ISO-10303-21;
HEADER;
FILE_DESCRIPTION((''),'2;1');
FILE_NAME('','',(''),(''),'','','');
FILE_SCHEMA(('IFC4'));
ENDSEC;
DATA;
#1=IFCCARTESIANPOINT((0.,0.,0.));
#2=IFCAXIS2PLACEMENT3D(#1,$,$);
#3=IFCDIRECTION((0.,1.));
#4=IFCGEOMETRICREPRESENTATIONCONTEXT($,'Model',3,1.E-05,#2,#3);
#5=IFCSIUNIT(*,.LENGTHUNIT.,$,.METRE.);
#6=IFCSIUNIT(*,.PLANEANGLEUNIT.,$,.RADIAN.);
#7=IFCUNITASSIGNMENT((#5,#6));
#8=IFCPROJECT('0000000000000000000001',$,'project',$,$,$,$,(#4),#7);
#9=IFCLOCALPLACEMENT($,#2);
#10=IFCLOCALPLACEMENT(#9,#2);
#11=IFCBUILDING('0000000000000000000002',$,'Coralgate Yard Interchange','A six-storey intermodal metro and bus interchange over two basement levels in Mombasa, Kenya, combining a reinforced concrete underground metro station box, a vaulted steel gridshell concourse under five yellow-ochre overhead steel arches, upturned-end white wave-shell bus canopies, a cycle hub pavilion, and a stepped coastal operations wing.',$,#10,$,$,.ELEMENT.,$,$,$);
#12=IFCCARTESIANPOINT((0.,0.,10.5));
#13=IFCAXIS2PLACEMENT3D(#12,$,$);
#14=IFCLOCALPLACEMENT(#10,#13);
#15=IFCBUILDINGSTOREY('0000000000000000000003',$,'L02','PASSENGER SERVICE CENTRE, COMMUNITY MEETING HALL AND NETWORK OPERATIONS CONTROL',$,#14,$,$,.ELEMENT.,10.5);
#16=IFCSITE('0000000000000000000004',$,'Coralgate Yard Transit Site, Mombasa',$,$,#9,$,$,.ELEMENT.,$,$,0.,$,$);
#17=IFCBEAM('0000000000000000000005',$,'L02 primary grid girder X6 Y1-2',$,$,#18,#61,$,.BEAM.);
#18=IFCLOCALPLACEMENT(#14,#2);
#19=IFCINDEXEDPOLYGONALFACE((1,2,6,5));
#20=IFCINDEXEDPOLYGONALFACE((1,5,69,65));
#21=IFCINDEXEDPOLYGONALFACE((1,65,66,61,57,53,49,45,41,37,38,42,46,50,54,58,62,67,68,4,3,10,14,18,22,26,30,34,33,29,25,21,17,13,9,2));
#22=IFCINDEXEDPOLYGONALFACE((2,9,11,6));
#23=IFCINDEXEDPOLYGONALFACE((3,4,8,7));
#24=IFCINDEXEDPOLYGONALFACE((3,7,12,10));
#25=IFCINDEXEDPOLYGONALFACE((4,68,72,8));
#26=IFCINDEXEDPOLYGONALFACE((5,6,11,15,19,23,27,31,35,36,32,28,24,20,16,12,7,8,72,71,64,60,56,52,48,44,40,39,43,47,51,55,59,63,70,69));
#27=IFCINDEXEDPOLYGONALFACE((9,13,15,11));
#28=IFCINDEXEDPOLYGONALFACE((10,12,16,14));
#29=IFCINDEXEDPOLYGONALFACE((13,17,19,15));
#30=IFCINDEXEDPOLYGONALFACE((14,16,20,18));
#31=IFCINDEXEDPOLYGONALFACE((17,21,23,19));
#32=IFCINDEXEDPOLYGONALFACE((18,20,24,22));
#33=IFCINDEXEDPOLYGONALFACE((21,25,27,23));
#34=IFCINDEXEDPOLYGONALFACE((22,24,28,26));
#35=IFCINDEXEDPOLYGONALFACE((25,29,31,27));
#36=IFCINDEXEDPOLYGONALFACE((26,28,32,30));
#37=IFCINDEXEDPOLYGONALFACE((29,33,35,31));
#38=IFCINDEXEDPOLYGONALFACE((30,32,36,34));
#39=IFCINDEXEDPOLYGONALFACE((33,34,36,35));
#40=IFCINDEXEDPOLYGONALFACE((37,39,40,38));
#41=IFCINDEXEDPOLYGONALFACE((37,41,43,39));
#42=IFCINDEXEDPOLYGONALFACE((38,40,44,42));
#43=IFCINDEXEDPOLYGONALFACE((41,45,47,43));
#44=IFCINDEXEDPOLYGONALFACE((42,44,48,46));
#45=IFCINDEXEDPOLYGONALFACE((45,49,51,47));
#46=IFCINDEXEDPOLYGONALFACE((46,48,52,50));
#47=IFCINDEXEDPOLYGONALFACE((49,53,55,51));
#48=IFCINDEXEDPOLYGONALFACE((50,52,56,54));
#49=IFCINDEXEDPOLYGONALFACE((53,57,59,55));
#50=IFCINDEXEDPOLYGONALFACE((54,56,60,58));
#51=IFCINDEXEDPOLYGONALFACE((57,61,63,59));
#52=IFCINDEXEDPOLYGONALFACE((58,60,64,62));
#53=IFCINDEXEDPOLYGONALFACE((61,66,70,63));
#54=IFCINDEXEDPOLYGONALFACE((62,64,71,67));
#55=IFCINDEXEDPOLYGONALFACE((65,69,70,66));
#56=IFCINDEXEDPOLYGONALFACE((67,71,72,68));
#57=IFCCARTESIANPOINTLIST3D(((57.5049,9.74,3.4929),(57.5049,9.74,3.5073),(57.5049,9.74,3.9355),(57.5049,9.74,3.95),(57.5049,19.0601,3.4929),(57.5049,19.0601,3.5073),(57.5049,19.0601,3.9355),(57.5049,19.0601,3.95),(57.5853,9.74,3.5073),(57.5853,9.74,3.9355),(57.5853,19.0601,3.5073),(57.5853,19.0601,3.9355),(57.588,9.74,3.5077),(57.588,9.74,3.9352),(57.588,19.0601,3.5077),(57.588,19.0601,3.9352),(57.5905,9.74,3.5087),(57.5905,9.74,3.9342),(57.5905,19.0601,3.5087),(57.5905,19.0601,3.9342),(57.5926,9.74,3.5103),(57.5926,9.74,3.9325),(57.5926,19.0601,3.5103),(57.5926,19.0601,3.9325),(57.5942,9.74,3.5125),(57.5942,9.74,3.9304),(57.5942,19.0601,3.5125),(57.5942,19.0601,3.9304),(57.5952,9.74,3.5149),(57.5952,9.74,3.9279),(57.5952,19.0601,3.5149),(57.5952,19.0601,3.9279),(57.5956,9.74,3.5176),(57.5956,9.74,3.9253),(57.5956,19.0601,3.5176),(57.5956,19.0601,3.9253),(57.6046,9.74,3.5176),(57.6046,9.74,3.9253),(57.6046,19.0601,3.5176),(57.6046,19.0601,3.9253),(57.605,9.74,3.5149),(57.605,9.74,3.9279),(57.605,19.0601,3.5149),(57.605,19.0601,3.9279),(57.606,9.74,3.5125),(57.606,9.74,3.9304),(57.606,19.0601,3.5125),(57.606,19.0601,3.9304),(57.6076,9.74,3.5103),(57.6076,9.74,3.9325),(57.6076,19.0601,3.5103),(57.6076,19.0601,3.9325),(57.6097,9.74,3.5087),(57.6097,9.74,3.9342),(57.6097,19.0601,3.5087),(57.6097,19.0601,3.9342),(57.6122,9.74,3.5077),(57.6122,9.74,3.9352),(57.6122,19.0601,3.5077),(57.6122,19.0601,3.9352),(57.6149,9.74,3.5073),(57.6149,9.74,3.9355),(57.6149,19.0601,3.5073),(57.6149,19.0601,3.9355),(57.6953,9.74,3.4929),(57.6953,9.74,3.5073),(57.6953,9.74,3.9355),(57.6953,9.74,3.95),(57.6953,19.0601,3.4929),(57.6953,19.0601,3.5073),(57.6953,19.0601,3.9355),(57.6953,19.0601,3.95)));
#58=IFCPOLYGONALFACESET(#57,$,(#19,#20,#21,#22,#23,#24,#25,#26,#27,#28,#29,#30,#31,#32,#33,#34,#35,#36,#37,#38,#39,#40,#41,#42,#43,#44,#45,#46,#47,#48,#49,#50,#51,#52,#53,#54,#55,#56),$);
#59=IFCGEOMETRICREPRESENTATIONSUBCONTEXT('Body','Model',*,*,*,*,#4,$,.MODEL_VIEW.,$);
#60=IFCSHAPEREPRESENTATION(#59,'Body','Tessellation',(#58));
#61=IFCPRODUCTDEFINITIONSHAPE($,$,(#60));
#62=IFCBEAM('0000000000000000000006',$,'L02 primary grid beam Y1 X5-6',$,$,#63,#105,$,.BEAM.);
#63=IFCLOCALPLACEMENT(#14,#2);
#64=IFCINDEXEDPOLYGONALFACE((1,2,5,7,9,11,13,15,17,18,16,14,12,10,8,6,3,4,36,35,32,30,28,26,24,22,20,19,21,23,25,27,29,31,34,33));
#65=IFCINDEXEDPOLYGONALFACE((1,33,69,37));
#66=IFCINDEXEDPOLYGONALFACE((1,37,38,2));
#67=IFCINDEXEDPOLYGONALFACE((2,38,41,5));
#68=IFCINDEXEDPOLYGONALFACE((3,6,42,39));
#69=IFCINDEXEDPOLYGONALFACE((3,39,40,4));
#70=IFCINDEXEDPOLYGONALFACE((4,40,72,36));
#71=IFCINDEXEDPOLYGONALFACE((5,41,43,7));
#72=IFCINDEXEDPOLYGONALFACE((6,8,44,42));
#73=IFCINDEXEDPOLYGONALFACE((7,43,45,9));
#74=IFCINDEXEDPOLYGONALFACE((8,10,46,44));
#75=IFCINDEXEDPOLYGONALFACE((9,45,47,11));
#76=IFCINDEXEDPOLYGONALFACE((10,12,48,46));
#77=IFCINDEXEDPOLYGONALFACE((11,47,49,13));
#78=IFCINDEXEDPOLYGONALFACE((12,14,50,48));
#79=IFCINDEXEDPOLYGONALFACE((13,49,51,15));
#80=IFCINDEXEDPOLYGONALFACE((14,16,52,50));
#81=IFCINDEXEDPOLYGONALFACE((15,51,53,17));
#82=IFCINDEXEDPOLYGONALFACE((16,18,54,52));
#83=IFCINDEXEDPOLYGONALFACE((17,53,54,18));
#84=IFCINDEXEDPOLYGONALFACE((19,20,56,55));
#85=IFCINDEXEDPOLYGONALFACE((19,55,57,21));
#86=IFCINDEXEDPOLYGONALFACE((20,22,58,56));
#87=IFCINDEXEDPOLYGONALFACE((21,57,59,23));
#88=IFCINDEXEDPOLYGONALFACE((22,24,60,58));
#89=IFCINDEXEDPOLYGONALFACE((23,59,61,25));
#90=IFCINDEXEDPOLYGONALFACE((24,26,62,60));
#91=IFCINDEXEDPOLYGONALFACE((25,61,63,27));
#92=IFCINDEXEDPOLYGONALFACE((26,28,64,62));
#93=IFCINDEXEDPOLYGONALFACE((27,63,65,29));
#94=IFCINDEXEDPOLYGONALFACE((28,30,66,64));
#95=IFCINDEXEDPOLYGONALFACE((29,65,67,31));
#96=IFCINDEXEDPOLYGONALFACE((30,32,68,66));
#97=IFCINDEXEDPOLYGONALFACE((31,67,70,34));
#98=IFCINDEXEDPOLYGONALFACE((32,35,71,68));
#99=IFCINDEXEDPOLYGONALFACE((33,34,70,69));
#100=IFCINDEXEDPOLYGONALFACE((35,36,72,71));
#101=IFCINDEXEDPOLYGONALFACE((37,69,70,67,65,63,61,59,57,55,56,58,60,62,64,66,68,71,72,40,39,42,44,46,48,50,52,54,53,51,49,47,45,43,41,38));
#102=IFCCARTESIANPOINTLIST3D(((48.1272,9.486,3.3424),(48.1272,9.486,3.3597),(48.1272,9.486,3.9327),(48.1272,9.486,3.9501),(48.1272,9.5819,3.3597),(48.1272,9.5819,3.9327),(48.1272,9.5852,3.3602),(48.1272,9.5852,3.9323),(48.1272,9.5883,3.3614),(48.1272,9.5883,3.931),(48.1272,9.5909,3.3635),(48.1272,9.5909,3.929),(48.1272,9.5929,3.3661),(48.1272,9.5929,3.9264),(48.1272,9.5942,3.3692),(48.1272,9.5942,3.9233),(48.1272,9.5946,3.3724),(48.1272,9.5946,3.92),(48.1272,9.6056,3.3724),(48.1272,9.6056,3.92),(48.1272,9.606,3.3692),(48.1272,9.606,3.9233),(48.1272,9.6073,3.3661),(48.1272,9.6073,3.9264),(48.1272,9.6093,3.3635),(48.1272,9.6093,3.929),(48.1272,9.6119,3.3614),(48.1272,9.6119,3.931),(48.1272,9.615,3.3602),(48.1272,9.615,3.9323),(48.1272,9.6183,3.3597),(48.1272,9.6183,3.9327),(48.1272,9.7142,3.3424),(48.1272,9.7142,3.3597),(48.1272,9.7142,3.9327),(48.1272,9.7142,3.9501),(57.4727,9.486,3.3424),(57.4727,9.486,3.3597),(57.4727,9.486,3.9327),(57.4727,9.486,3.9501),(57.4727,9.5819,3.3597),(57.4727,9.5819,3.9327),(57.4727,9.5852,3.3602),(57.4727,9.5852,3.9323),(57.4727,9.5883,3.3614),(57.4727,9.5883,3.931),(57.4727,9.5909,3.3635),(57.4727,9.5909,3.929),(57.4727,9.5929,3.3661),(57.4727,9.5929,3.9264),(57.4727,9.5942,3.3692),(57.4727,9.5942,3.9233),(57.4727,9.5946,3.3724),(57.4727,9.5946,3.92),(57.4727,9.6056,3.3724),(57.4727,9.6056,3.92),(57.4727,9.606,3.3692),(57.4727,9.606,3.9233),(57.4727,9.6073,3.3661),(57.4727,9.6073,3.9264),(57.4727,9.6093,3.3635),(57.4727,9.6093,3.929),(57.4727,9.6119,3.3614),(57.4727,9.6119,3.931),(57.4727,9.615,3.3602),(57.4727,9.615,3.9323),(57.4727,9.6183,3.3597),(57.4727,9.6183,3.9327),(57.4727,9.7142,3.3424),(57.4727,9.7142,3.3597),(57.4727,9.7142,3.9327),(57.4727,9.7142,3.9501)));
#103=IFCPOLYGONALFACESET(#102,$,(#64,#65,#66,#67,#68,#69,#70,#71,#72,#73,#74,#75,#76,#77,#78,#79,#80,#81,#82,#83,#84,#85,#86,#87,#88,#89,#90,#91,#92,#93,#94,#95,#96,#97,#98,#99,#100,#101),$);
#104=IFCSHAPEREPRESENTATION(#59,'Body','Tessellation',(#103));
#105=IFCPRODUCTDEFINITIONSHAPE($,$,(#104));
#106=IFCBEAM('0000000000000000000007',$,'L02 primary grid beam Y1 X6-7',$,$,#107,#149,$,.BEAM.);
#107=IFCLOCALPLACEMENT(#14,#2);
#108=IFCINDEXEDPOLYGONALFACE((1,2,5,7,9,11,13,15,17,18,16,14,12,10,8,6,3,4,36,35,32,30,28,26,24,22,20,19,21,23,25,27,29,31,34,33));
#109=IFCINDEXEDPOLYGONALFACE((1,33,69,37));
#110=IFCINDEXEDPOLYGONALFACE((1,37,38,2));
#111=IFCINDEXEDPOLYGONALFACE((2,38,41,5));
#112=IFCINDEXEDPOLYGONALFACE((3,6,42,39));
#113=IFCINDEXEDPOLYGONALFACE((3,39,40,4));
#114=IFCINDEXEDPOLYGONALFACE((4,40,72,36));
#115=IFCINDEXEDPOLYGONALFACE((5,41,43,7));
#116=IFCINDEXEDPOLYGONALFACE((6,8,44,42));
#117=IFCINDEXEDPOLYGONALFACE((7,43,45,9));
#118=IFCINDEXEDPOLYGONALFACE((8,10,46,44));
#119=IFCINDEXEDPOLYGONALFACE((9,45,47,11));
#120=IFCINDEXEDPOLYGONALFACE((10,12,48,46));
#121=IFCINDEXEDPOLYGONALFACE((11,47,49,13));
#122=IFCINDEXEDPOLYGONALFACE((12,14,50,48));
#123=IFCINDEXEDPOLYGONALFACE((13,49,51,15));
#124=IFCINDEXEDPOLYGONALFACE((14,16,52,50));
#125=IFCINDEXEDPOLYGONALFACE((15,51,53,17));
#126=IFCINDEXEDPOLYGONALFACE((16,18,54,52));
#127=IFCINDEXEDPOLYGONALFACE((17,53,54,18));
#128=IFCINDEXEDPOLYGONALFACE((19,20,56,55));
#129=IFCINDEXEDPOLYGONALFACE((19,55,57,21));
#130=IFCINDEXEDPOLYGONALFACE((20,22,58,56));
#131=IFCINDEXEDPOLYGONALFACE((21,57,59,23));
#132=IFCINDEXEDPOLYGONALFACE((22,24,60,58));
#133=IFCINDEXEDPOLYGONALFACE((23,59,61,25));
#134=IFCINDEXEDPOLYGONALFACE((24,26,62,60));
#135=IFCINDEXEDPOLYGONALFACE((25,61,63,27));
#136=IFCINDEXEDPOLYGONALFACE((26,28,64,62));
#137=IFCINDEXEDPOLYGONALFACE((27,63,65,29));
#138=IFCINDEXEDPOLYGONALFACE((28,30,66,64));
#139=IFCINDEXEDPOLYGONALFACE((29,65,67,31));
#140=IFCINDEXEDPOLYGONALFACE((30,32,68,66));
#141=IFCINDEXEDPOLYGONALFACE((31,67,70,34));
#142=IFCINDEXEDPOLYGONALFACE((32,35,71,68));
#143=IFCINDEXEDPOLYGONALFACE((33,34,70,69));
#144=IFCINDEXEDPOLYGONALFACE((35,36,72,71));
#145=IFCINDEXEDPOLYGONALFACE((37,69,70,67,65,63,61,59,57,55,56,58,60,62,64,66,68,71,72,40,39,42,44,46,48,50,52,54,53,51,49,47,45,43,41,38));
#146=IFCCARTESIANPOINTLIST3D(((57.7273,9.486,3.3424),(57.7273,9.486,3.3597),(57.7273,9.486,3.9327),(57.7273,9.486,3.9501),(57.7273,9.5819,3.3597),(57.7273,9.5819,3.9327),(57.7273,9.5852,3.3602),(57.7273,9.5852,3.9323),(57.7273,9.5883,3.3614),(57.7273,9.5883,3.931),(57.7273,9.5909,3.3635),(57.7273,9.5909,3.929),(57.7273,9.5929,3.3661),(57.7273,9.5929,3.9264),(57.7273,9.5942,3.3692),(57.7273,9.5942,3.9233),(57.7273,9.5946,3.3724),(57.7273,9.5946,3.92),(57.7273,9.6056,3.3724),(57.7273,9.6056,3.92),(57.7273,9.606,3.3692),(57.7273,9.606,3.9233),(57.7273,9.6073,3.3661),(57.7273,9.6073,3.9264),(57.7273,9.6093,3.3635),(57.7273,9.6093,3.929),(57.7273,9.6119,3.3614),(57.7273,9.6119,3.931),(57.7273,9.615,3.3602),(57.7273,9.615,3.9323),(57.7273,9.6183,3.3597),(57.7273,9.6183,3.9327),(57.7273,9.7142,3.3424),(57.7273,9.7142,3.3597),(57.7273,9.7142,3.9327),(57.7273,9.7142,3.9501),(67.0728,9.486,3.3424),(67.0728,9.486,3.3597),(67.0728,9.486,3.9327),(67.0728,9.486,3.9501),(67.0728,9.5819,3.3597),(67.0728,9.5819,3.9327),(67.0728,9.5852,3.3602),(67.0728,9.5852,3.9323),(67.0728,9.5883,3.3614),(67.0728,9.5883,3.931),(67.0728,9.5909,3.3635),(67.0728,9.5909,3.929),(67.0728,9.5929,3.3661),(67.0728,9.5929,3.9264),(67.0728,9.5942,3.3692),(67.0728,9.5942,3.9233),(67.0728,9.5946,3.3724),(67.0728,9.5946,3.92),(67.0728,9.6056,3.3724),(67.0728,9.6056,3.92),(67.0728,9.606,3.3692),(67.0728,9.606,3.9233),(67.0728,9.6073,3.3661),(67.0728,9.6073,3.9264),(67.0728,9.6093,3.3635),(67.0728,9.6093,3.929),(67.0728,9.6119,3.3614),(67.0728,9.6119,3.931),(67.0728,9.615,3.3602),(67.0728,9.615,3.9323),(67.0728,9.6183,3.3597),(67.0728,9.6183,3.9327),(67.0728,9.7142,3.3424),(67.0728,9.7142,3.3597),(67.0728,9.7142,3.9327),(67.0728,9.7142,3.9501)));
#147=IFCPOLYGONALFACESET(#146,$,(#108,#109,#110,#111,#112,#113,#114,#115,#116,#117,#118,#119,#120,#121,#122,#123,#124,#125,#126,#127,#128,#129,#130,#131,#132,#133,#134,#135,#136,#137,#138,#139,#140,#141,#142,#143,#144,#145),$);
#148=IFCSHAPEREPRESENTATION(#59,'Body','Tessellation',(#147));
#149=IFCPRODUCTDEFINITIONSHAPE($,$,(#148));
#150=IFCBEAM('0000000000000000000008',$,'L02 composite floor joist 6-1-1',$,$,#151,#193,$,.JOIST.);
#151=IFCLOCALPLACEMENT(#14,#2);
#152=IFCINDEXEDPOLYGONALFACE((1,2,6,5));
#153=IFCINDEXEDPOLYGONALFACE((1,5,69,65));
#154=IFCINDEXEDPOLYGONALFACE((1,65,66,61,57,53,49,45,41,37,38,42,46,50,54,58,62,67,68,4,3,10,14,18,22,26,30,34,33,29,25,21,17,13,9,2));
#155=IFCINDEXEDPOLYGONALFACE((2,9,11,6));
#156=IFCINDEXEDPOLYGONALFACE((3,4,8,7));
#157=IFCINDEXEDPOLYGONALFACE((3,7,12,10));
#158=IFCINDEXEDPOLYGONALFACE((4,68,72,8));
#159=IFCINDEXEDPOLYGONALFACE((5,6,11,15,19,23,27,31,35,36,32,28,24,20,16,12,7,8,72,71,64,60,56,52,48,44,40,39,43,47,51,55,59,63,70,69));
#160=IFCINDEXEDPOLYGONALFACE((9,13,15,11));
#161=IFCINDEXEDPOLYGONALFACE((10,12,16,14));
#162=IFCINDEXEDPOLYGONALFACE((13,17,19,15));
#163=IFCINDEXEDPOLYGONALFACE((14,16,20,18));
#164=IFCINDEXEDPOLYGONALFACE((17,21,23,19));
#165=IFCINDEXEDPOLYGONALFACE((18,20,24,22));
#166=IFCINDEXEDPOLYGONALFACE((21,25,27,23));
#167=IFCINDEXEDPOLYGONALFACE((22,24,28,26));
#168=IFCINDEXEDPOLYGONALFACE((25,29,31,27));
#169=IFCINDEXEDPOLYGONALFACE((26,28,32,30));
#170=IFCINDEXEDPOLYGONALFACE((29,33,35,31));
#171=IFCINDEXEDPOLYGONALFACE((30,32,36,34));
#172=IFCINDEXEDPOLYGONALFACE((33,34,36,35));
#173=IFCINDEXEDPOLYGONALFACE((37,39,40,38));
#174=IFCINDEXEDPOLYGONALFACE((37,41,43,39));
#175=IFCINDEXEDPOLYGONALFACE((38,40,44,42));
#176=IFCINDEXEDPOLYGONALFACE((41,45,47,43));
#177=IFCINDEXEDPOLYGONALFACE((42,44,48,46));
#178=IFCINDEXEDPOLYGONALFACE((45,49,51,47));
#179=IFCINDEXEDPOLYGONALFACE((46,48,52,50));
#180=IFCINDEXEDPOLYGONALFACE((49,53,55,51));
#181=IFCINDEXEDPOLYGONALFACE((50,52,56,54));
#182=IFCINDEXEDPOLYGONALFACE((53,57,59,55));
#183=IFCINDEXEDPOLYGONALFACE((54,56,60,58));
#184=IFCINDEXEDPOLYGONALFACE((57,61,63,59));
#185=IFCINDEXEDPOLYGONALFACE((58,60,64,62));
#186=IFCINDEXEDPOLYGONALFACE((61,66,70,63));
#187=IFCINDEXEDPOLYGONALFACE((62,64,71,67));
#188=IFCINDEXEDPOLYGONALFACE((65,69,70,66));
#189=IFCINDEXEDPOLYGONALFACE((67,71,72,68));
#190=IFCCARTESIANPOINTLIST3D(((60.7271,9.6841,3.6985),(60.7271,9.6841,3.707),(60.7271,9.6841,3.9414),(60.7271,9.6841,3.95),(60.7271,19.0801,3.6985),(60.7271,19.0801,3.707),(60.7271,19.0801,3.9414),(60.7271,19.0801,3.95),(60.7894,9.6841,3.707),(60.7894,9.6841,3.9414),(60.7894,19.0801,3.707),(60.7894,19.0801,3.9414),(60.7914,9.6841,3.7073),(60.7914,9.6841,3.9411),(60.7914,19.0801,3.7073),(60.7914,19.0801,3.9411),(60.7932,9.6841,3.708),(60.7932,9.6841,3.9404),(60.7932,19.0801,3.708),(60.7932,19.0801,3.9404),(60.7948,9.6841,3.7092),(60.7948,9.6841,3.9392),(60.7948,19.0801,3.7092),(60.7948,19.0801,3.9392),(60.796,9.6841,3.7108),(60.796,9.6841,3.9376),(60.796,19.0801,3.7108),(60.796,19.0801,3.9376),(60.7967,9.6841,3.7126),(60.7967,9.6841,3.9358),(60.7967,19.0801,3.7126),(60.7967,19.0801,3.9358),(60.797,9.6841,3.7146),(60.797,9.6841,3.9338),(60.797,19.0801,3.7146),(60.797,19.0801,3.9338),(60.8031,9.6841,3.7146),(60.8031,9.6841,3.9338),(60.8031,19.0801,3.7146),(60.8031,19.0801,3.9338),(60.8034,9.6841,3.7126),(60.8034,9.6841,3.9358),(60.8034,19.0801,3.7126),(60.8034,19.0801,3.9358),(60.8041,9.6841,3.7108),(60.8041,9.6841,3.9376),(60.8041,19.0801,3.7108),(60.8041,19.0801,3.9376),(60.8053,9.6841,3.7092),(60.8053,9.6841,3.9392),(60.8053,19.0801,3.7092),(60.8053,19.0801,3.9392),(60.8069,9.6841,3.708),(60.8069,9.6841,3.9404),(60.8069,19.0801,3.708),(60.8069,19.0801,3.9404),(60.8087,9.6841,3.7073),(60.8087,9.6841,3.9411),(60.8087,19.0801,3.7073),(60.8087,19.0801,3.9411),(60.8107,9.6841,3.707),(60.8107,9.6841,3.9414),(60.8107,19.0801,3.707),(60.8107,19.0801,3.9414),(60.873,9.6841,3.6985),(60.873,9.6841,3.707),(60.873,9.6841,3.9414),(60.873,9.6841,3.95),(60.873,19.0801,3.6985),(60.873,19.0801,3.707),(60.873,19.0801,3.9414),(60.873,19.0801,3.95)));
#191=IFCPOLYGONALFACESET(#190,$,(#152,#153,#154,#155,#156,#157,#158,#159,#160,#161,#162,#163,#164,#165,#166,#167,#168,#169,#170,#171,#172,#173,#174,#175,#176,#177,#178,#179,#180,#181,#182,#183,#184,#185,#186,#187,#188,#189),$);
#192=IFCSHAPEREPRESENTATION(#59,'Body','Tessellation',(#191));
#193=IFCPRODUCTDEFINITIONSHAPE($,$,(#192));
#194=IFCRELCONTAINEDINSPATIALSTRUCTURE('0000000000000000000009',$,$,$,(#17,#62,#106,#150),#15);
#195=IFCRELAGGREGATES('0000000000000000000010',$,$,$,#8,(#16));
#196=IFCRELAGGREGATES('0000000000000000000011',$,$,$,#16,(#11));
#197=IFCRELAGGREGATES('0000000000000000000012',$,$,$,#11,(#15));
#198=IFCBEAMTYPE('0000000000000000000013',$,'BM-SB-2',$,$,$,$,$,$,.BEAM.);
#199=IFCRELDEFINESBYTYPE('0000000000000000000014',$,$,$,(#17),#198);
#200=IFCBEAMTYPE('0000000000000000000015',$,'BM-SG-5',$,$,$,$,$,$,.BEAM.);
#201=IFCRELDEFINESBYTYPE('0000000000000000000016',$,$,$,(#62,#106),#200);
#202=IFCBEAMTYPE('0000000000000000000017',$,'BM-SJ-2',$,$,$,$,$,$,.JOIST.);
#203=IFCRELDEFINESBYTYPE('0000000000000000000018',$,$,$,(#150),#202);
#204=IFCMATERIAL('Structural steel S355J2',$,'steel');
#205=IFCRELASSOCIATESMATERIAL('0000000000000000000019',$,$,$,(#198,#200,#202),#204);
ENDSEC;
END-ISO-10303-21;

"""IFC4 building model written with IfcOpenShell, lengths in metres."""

from ifc_helpers import new_model, si_unit, direction, frame, origin, origin_2d, place, context, subcontext, project, spatial, i_section, extrude, material, material_profile, profile_set, type_object, element, save


model = new_model("IFC4")

# Units and contexts
model_context = context("Model", 3, precision=1e-05, world=origin(), true_north=direction((0.0, 1.0)))
body_context = subcontext(model_context, "Body", "Model", "MODEL_VIEW")
ifc_project = project(units=[si_unit("LENGTHUNIT", "METRE"), si_unit("PLANEANGLEUNIT", "RADIAN")], contexts=[model_context])

# Site, building, storey
site_placement = place(None, origin())
site = spatial("IfcSite", under=ifc_project, at=site_placement, Name="Coralgate Yard Transit Site, Mombasa", CompositionType="ELEMENT", RefElevation=0.0)
building_placement = place(site_placement, origin())
building = spatial("IfcBuilding", under=site, at=building_placement, Name="Coralgate Yard Interchange", Description="A six-storey intermodal metro and bus interchange over two basement levels in Mombasa, Kenya, combining a reinforced concrete underground metro station box, a vaulted steel gridshell concourse under five yellow-ochre overhead steel arches, upturned-end white wave-shell bus canopies, a cycle hub pavilion, and a stepped coastal operations wing.", CompositionType="ELEMENT")
storey_placement = place(building_placement, frame((0.0, 0.0, 10.5)))
storey = spatial("IfcBuildingStorey", under=building, at=storey_placement, Name="L02", Description="PASSENGER SERVICE CENTRE, COMMUNITY MEETING HALL AND NETWORK OPERATIONS CONTROL", CompositionType="ELEMENT", Elevation=10.5)

# Shared definitions
ifc_material_1 = material(Name="Structural steel S355J2", Category="steel")

# Beams
ifc_material_profile_1 = material_profile(ifc_material_1, i_section(OverallWidth=0.1904, OverallDepth=0.457, WebThickness=0.009, FlangeThickness=0.0144, FilletRadius=0.0103, at=origin_2d()), Name="UB 457x191x74")
ifc_profile_set_1 = profile_set([ifc_material_profile_1], Name="Structural steel S355J2")
beam_type_1 = type_object("IfcBeamType", Name="BM-SB-2", PredefinedType="BEAM", material=ifc_profile_set_1)
beam_1_placement = place(storey_placement, frame((57.6001, 9.74, 3.7214), z_axis=(0.0, 1.0, 0.0), x_axis=(-1.0, 0.0, 0.0)))
element("IfcBeam", 1, at=beam_1_placement, inside=storey, type_object=beam_type_1, Name="L02 primary grid girder X6 Y1-2", PredefinedType="BEAM", context=body_context, shape_type="SweptSolid", body=[
    extrude(i_section(OverallWidth=0.1904, OverallDepth=0.457, WebThickness=0.009, FlangeThickness=0.0144, FilletRadius=0.0103, at=origin_2d()), origin(), (0.0, 0.0, 1.0), 9.3201),
])
ifc_material_profile_2 = material_profile(ifc_material_1, i_section(OverallWidth=0.2283, OverallDepth=0.6077, WebThickness=0.011, FlangeThickness=0.0173, FilletRadius=0.0127, at=origin_2d()), Name="UB 610x229x113")
ifc_profile_set_2 = profile_set([ifc_material_profile_2], Name="Structural steel S355J2")
beam_type_2 = type_object("IfcBeamType", Name="BM-SG-5", PredefinedType="BEAM", material=ifc_profile_set_2)
for number, where, z_axis, x_axis, name in (
    (2, (48.1272, 9.6001, 3.6462), (1.0, 0.0, 0.0), (0.0, 1.0, 0.0), "L02 primary grid beam Y1 X5-6"),
    (3, (57.7273, 9.6001, 3.6462), (1.0, 0.0, 0.0), (0.0, 1.0, 0.0), "L02 primary grid beam Y1 X6-7"),
):
    element("IfcBeam", number, at=place(storey_placement, frame(where, z_axis=z_axis, x_axis=x_axis)), inside=storey, type_object=beam_type_2, Name=name, PredefinedType="BEAM", context=body_context, shape_type="SweptSolid", body=[
        extrude(i_section(OverallWidth=0.2283, OverallDepth=0.6077, WebThickness=0.011, FlangeThickness=0.0173, FilletRadius=0.0127, at=origin_2d()), origin(), (0.0, 0.0, 1.0), 9.3455),
    ])
ifc_material_profile_3 = material_profile(ifc_material_1, i_section(OverallWidth=0.146, OverallDepth=0.2515, WebThickness=0.0061, FlangeThickness=0.0085, FilletRadius=0.0076, at=origin_2d()), Name="UB 254x146x31")
ifc_profile_set_3 = profile_set([ifc_material_profile_3], Name="Structural steel S355J2")
beam_type_3 = type_object("IfcBeamType", Name="BM-SJ-2", PredefinedType="JOIST", material=ifc_profile_set_3)
for number, where, z_axis, x_axis, name in (
    (4, (60.8, 9.6841, 3.8242), (0.0, 1.0, 0.0), (-1.0, 0.0, 0.0), "L02 composite floor joist 6-1-1"),
):
    element("IfcBeam", number, at=place(storey_placement, frame(where, z_axis=z_axis, x_axis=x_axis)), inside=storey, type_object=beam_type_3, Name=name, PredefinedType="JOIST", context=body_context, shape_type="SweptSolid", body=[
        extrude(i_section(OverallWidth=0.146, OverallDepth=0.2515, WebThickness=0.0061, FlangeThickness=0.0085, FilletRadius=0.0076, at=origin_2d()), origin(), (0.0, 0.0, 1.0), 9.396),
    ])

save(model, "model.ifc")
